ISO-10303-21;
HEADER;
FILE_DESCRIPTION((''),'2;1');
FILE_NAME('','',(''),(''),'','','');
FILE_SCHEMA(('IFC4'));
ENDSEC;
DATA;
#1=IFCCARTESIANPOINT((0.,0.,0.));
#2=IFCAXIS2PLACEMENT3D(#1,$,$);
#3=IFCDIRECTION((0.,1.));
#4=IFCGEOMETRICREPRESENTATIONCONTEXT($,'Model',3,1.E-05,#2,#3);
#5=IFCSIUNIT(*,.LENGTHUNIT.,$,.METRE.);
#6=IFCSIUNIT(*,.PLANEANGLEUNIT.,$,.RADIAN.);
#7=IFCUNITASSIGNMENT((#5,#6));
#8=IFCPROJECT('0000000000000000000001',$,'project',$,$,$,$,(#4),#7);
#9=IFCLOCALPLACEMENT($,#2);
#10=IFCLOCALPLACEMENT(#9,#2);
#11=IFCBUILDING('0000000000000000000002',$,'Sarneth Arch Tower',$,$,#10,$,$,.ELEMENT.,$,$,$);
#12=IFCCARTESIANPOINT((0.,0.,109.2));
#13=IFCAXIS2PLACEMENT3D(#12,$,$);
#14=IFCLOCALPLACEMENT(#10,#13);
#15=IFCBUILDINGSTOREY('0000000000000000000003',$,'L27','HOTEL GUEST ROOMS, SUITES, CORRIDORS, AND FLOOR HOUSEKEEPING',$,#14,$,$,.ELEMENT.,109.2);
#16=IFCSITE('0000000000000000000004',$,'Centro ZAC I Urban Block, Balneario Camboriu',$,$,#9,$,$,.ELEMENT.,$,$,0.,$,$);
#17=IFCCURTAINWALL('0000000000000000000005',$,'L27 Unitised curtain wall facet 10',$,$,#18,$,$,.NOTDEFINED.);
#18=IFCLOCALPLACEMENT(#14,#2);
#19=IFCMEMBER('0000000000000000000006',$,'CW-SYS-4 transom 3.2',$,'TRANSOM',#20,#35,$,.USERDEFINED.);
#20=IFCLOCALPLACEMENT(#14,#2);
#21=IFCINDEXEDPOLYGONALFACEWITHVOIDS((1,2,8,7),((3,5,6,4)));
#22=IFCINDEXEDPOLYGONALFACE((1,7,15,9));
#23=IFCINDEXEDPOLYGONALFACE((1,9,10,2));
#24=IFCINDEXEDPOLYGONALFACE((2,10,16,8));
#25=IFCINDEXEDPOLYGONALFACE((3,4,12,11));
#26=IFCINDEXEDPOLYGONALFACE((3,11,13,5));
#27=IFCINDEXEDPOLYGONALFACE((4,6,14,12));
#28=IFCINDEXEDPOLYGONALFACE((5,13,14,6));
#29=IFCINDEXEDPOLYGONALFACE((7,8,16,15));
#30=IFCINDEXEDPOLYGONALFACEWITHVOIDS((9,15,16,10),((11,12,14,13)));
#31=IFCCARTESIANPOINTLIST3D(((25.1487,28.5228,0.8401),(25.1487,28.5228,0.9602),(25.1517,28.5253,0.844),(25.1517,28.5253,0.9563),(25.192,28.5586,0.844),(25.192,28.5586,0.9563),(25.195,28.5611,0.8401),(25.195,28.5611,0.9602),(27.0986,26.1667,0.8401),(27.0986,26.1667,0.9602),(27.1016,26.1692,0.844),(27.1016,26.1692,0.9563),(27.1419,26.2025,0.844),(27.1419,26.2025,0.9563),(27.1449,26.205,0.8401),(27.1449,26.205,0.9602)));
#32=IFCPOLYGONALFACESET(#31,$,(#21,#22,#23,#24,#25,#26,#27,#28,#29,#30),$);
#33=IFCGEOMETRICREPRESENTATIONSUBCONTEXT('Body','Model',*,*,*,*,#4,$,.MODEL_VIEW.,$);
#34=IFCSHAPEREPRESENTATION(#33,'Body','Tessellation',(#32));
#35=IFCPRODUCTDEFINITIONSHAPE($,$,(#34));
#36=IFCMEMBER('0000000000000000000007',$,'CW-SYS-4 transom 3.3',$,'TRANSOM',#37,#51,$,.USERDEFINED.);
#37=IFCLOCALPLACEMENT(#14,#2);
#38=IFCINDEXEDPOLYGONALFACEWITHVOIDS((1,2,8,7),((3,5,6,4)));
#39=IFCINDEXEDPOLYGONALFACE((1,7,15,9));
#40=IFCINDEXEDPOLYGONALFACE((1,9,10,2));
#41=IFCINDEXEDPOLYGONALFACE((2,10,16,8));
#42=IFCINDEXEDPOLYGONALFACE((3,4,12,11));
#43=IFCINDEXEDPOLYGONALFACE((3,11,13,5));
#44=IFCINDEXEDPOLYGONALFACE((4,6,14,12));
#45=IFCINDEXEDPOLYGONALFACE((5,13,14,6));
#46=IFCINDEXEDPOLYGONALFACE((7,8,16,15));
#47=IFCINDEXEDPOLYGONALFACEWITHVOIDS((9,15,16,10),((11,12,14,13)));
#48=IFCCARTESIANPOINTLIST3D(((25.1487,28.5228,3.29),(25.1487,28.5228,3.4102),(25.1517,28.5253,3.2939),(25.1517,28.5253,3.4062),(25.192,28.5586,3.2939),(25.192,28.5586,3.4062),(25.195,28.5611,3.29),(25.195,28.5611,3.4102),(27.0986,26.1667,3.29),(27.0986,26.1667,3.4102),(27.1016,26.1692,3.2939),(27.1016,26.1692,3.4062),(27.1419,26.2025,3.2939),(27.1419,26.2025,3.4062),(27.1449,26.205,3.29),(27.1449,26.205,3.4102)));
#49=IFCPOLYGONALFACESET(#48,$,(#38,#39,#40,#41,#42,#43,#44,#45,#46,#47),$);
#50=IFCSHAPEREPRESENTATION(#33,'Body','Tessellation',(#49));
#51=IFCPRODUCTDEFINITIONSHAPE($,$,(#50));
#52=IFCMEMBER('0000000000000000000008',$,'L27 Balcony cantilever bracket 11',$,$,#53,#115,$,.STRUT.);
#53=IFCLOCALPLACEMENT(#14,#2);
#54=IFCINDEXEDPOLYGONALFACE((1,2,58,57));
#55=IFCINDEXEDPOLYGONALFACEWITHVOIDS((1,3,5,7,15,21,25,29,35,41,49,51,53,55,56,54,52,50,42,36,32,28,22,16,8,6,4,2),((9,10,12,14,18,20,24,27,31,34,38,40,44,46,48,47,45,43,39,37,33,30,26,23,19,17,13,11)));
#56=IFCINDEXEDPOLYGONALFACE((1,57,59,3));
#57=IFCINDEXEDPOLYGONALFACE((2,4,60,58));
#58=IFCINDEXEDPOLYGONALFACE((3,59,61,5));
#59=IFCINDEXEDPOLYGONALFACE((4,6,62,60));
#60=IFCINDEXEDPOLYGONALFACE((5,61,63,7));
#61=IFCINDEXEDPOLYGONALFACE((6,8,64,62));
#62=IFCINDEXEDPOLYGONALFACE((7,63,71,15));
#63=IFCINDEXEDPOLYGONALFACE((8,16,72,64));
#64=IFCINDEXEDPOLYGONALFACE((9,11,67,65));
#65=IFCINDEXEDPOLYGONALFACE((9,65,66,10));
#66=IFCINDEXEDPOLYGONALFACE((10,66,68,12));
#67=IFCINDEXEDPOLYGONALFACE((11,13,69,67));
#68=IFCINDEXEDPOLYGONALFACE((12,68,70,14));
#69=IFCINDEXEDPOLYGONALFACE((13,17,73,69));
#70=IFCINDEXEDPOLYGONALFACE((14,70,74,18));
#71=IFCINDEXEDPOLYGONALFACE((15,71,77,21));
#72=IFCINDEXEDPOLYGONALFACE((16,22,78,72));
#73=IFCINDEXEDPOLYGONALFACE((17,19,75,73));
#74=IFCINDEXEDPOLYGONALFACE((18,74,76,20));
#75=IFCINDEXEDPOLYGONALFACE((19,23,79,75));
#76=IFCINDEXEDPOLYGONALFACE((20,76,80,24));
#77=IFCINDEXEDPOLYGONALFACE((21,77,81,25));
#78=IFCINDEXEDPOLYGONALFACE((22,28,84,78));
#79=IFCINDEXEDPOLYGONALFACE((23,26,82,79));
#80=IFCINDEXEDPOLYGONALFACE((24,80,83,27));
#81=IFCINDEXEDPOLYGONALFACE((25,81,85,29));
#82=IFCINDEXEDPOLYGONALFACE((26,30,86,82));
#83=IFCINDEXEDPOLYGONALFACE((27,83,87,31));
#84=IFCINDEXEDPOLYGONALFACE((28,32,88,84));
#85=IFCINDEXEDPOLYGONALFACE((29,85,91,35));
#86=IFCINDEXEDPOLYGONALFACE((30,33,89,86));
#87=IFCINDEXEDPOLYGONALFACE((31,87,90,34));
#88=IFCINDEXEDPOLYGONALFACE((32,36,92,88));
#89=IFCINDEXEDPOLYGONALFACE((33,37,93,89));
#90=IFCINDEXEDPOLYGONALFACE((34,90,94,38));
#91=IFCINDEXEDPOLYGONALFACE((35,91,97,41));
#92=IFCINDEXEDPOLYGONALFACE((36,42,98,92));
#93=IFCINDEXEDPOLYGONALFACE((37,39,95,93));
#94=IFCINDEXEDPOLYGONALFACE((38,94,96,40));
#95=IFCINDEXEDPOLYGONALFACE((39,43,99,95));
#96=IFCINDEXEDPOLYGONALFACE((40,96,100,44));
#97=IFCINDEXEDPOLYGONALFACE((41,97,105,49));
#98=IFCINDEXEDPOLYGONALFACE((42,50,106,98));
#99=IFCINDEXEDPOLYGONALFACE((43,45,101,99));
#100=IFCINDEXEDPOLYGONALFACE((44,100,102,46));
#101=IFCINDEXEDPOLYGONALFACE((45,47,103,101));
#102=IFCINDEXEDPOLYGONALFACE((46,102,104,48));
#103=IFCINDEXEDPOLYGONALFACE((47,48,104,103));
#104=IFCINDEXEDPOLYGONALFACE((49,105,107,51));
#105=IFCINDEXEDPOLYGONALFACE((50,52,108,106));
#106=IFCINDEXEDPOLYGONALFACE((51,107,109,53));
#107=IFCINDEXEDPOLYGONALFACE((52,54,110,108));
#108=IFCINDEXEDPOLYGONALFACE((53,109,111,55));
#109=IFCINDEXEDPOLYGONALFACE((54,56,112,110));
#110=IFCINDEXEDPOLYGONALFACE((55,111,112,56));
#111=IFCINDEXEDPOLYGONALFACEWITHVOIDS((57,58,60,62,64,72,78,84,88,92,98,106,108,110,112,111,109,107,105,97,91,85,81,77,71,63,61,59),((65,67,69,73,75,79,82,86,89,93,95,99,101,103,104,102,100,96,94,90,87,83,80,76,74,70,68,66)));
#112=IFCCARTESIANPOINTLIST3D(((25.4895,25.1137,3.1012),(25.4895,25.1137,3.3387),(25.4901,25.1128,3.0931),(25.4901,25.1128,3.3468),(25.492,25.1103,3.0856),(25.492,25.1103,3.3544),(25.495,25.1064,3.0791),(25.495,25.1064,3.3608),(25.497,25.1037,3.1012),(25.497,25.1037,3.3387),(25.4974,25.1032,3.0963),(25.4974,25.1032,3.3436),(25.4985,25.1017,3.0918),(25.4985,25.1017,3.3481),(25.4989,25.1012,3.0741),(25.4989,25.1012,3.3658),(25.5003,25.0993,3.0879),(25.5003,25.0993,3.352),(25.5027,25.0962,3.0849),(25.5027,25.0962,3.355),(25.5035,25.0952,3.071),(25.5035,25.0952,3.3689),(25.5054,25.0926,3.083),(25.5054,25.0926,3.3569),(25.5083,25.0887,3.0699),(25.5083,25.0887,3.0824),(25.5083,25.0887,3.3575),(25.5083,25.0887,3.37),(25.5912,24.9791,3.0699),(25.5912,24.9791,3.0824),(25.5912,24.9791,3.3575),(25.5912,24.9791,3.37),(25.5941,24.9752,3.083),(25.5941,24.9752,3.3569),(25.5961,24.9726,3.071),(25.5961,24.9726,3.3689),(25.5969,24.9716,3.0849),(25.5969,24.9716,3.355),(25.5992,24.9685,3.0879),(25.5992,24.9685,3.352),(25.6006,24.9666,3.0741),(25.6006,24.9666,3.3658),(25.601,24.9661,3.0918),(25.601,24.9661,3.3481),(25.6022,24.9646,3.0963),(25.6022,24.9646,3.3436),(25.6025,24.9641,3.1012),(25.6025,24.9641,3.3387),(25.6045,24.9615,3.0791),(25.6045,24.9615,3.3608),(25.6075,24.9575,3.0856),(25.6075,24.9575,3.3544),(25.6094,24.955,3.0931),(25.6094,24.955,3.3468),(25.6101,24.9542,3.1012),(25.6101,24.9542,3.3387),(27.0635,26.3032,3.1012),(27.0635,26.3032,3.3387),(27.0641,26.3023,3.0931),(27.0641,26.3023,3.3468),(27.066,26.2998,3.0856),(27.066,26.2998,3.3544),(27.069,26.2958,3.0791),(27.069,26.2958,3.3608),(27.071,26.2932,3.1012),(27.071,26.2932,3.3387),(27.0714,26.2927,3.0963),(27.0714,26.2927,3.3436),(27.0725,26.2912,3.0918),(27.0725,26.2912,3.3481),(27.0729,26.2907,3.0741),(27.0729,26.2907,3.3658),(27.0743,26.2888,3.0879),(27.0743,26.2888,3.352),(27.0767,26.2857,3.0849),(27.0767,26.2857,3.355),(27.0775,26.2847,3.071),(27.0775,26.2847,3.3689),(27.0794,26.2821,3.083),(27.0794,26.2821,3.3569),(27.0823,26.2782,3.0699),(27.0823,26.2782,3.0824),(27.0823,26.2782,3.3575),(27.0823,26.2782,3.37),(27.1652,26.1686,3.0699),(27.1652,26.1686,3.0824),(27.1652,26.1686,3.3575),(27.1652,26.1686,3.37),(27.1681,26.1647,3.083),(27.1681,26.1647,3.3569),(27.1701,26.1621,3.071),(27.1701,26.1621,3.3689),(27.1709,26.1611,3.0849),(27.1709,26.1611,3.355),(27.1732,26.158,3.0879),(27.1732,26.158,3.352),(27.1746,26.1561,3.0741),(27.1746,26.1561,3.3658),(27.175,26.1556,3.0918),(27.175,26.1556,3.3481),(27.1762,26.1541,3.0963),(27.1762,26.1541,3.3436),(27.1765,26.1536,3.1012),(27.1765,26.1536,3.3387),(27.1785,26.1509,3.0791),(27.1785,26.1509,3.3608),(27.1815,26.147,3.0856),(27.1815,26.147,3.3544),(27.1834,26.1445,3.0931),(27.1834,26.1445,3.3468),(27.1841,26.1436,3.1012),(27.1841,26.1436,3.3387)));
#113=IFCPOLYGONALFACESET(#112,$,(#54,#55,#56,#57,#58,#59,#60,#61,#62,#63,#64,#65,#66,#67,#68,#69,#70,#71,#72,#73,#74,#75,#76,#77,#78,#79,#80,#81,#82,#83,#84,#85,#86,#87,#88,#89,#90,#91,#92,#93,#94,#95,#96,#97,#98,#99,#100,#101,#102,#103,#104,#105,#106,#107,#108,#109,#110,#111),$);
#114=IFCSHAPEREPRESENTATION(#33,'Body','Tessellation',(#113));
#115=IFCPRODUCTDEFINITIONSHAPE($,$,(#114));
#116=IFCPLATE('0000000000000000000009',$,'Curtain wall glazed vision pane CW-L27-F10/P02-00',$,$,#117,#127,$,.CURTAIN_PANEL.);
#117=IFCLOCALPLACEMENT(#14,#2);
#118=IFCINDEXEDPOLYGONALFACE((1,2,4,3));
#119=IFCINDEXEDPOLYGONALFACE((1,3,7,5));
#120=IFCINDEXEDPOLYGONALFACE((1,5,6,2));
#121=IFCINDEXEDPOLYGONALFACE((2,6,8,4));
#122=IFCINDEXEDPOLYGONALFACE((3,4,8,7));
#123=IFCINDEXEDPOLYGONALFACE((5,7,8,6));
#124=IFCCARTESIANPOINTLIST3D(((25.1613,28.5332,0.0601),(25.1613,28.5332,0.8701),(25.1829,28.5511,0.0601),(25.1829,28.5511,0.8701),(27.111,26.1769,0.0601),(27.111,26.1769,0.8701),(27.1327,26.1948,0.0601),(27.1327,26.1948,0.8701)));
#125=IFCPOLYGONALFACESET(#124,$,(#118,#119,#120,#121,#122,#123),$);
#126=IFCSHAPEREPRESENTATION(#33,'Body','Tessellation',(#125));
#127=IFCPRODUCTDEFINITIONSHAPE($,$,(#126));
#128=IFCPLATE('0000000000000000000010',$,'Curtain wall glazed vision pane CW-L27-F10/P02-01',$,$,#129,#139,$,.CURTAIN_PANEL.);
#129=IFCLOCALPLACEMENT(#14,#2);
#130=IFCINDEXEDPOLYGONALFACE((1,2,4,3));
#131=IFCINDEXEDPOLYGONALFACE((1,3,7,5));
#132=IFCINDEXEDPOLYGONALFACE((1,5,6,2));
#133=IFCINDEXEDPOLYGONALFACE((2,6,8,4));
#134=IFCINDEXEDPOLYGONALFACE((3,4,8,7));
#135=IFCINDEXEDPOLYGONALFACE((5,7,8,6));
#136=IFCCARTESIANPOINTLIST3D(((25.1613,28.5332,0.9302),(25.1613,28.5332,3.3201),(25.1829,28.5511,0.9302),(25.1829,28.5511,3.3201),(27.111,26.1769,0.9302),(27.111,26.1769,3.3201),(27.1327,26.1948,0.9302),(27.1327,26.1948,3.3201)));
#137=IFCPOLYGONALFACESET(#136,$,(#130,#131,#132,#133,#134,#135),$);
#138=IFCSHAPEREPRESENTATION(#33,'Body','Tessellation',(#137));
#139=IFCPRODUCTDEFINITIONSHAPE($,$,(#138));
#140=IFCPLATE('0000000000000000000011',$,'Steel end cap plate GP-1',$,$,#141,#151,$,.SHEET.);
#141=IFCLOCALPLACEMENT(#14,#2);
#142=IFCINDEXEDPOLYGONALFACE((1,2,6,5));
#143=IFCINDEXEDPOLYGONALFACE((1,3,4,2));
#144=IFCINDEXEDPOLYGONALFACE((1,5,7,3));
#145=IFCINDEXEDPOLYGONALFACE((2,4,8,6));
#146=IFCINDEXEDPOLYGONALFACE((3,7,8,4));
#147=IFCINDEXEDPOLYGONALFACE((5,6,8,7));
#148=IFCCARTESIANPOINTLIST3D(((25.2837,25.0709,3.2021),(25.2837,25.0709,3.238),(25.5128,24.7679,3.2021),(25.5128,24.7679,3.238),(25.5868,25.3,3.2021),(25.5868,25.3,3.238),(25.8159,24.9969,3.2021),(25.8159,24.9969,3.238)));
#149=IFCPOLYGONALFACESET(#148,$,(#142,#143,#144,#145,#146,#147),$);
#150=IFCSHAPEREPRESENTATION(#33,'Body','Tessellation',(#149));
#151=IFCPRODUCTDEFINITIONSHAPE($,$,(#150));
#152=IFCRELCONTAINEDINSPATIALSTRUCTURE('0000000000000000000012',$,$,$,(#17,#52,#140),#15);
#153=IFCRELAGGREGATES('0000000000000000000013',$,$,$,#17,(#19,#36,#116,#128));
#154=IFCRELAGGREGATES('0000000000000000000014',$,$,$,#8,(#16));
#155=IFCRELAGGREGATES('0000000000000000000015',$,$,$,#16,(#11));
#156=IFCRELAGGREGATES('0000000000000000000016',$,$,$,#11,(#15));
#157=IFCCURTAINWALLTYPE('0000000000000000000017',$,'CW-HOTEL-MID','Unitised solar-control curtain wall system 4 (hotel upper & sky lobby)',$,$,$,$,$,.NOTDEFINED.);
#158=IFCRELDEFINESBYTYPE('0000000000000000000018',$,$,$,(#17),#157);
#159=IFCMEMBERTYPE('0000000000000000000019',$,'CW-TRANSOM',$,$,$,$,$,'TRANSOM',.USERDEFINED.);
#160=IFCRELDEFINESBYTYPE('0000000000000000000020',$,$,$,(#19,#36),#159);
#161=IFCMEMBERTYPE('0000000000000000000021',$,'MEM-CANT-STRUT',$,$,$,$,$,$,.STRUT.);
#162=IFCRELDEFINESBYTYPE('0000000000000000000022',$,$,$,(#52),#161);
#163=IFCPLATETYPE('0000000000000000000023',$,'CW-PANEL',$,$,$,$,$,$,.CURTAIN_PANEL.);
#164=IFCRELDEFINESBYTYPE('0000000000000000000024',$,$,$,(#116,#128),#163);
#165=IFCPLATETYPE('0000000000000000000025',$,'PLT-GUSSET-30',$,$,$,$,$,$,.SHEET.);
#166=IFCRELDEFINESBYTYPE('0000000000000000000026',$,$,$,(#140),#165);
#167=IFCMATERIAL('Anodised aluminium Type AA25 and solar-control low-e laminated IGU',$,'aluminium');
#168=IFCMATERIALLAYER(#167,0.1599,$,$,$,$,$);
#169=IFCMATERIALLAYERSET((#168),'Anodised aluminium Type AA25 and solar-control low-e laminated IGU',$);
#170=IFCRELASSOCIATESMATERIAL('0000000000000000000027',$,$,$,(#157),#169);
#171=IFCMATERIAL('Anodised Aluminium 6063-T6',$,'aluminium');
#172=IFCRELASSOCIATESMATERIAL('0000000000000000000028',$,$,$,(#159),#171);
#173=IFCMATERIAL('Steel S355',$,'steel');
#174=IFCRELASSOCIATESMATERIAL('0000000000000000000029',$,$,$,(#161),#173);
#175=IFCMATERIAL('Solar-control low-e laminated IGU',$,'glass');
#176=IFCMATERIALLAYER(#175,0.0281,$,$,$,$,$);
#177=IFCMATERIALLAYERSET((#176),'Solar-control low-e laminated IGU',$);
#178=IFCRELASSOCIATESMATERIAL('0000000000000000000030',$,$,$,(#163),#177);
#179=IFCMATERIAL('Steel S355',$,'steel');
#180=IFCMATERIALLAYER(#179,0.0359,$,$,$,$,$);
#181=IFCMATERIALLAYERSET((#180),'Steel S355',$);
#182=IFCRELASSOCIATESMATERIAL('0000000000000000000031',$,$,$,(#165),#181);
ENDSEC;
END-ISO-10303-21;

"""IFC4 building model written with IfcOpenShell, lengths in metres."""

from ifc_helpers import new_model, si_unit, direction, frame, origin, origin_2d, place, context, subcontext, project, spatial, rectangle, hollow_rectangle, extrude, material, layer, layer_set, material_profile, profile_set, type_object, element, aggregate, save


model = new_model("IFC4")

# Units and contexts
model_context = context("Model", 3, precision=1e-05, world=origin(), true_north=direction((0.0, 1.0)))
body_context = subcontext(model_context, "Body", "Model", "MODEL_VIEW")
ifc_project = project(units=[si_unit("LENGTHUNIT", "METRE"), si_unit("PLANEANGLEUNIT", "RADIAN")], contexts=[model_context])

# Site, building, storey
site_placement = place(None, origin())
site = spatial("IfcSite", under=ifc_project, at=site_placement, Name="Centro ZAC I Urban Block, Balneario Camboriu", CompositionType="ELEMENT", RefElevation=0.0)
building_placement = place(site_placement, origin())
building = spatial("IfcBuilding", under=site, at=building_placement, Name="Sarneth Arch Tower", CompositionType="ELEMENT")
storey_placement = place(building_placement, frame((0.0, 0.0, 109.2)))
storey = spatial("IfcBuildingStorey", under=building, at=storey_placement, Name="L27", Description="HOTEL GUEST ROOMS, SUITES, CORRIDORS, AND FLOOR HOUSEKEEPING", CompositionType="ELEMENT", Elevation=109.2)

# Curtain wall, members
ifc_material_1 = material(Name="Anodised aluminium Type AA25 and solar-control low-e laminated IGU", Category="aluminium")
ifc_layer_1 = layer(ifc_material_1, 0.1599)
ifc_layer_set_1 = layer_set([ifc_layer_1], Name="Anodised aluminium Type AA25 and solar-control low-e laminated IGU")
curtain_wall_type = type_object("IfcCurtainWallType", Name="CW-HOTEL-MID", Description="Unitised solar-control curtain wall system 4 (hotel upper & sky lobby)", PredefinedType="NOTDEFINED", material=ifc_layer_set_1)
curtain_wall_placement = place(storey_placement, origin())
curtain_wall = element("IfcCurtainWall", 1, at=curtain_wall_placement, inside=storey, type_object=curtain_wall_type, Name="L27 Unitised curtain wall facet 10", PredefinedType="NOTDEFINED")
ifc_material_2 = material(Name="Anodised Aluminium 6063-T6", Category="aluminium")
ifc_material_profile_1 = material_profile(ifc_material_2, hollow_rectangle(XDim=0.0601, YDim=0.1201, WallThickness=0.0039, at=origin_2d()), Name="AL-TRAN-120x60x4")
ifc_profile_set_1 = profile_set([ifc_material_profile_1], Name="Anodised Aluminium 6063-T6")
member_type_1 = type_object("IfcMemberType", Name="CW-TRANSOM", ElementType="TRANSOM", PredefinedType="USERDEFINED", material=ifc_profile_set_1)
member_1_placement = place(storey_placement, frame((25.1719, 28.542, 0.9001), z_axis=(0.637566, -0.770396, 0.0), x_axis=(0.770396, 0.637566, 0.0)))
member_1 = element("IfcMember", 2, at=member_1_placement, type_object=member_type_1, Name="CW-SYS-4 transom 3.2", ObjectType="TRANSOM", PredefinedType="USERDEFINED", context=body_context, shape_type="SweptSolid", body=[
    extrude(hollow_rectangle(XDim=0.0601, YDim=0.1201, WallThickness=0.0039, at=origin_2d()), origin(), (0.0, 0.0, 1.0), 3.0583),
])
member_2_placement = place(storey_placement, frame((25.1719, 28.542, 3.3501), z_axis=(0.637566, -0.770396, 0.0), x_axis=(0.770396, 0.637566, 0.0)))
member_2 = element("IfcMember", 3, at=member_2_placement, type_object=member_type_1, Name="CW-SYS-4 transom 3.3", ObjectType="TRANSOM", PredefinedType="USERDEFINED", context=body_context, shape_type="SweptSolid", body=[
    extrude(hollow_rectangle(XDim=0.0601, YDim=0.1201, WallThickness=0.0039, at=origin_2d()), origin(), (0.0, 0.0, 1.0), 3.0583),
])

# Member
ifc_material_3 = material(Name="Steel S355", Category="steel")
ifc_material_profile_2 = material_profile(ifc_material_3, hollow_rectangle(XDim=0.2, YDim=0.3, WallThickness=0.0125, InnerFilletRadius=0.0188, OuterFilletRadius=0.0312, at=origin_2d()), Name="RHS300x200x12.5")
ifc_profile_set_2 = profile_set([ifc_material_profile_2], Name="Steel S355")
member_type_2 = type_object("IfcMemberType", Name="MEM-CANT-STRUT", PredefinedType="STRUT", material=ifc_profile_set_2)
member_3_placement = place(storey_placement, frame((27.1238, 26.2234, 3.22), z_axis=(-0.797812, -0.602907, 0.0), x_axis=(0.602907, -0.797812, 0.0)))
element("IfcMember", 4, at=member_3_placement, inside=storey, type_object=member_type_2, Name="L27 Balcony cantilever bracket 11", PredefinedType="STRUT", context=body_context, shape_type="SweptSolid", body=[
    extrude(hollow_rectangle(XDim=0.2, YDim=0.3, WallThickness=0.0125, InnerFilletRadius=0.0188, OuterFilletRadius=0.0312, at=origin_2d()), origin(), (0.0, 0.0, 1.0), 1.9729),
])

# Plates
ifc_material_4 = material(Name="Solar-control low-e laminated IGU", Category="glass")
ifc_layer_2 = layer(ifc_material_4, 0.0281)
ifc_layer_set_2 = layer_set([ifc_layer_2], Name="Solar-control low-e laminated IGU")
plate_type_1 = type_object("IfcPlateType", Name="CW-PANEL", PredefinedType="CURTAIN_PANEL", material=ifc_layer_set_2)
plate_1_placement = place(storey_placement, frame((26.147, 27.364, 0.0601), z_axis=(0.0, 0.0, 1.0), x_axis=(0.637515, -0.770438, 0.0)))
plate_1 = element("IfcPlate", 5, at=plate_1_placement, type_object=plate_type_1, Name="Curtain wall glazed vision pane CW-L27-F10/P02-00", PredefinedType="CURTAIN_PANEL", context=body_context, shape_type="SweptSolid", body=[
    extrude(rectangle(XDim=3.0583, YDim=0.0281, at=origin_2d()), origin(), (0.0, 0.0, 1.0), 0.8101),
])
plate_2_placement = place(storey_placement, frame((26.147, 27.364, 0.9302), z_axis=(0.0, 0.0, 1.0), x_axis=(0.637515, -0.770438, 0.0)))
plate_2 = element("IfcPlate", 6, at=plate_2_placement, type_object=plate_type_1, Name="Curtain wall glazed vision pane CW-L27-F10/P02-01", PredefinedType="CURTAIN_PANEL", context=body_context, shape_type="SweptSolid", body=[
    extrude(rectangle(XDim=3.0583, YDim=0.0281, at=origin_2d()), origin(), (0.0, 0.0, 1.0), 2.3899),
])
aggregate(curtain_wall, [member_1, member_2, plate_1, plate_2])
ifc_material_5 = material(Name="Steel S355", Category="steel")
ifc_layer_3 = layer(ifc_material_5, 0.0359)
ifc_layer_set_3 = layer_set([ifc_layer_3], Name="Steel S355")
plate_type_2 = type_object("IfcPlateType", Name="PLT-GUSSET-30", PredefinedType="SHEET", material=ifc_layer_set_3)
plate_3_placement = place(storey_placement, frame((25.5498, 25.0339, 3.2021), z_axis=(0.0, 0.0, 1.0), x_axis=(-0.797794, -0.60293, 0.0)))
element("IfcPlate", 7, at=plate_3_placement, inside=storey, type_object=plate_type_2, Name="Steel end cap plate GP-1", PredefinedType="SHEET", context=body_context, shape_type="SweptSolid", body=[
    extrude(rectangle(XDim=0.3799, YDim=0.3799, at=origin_2d()), origin(), (0.0, 0.0, 1.0), 0.0359),
])

save(model, "model.ifc")
